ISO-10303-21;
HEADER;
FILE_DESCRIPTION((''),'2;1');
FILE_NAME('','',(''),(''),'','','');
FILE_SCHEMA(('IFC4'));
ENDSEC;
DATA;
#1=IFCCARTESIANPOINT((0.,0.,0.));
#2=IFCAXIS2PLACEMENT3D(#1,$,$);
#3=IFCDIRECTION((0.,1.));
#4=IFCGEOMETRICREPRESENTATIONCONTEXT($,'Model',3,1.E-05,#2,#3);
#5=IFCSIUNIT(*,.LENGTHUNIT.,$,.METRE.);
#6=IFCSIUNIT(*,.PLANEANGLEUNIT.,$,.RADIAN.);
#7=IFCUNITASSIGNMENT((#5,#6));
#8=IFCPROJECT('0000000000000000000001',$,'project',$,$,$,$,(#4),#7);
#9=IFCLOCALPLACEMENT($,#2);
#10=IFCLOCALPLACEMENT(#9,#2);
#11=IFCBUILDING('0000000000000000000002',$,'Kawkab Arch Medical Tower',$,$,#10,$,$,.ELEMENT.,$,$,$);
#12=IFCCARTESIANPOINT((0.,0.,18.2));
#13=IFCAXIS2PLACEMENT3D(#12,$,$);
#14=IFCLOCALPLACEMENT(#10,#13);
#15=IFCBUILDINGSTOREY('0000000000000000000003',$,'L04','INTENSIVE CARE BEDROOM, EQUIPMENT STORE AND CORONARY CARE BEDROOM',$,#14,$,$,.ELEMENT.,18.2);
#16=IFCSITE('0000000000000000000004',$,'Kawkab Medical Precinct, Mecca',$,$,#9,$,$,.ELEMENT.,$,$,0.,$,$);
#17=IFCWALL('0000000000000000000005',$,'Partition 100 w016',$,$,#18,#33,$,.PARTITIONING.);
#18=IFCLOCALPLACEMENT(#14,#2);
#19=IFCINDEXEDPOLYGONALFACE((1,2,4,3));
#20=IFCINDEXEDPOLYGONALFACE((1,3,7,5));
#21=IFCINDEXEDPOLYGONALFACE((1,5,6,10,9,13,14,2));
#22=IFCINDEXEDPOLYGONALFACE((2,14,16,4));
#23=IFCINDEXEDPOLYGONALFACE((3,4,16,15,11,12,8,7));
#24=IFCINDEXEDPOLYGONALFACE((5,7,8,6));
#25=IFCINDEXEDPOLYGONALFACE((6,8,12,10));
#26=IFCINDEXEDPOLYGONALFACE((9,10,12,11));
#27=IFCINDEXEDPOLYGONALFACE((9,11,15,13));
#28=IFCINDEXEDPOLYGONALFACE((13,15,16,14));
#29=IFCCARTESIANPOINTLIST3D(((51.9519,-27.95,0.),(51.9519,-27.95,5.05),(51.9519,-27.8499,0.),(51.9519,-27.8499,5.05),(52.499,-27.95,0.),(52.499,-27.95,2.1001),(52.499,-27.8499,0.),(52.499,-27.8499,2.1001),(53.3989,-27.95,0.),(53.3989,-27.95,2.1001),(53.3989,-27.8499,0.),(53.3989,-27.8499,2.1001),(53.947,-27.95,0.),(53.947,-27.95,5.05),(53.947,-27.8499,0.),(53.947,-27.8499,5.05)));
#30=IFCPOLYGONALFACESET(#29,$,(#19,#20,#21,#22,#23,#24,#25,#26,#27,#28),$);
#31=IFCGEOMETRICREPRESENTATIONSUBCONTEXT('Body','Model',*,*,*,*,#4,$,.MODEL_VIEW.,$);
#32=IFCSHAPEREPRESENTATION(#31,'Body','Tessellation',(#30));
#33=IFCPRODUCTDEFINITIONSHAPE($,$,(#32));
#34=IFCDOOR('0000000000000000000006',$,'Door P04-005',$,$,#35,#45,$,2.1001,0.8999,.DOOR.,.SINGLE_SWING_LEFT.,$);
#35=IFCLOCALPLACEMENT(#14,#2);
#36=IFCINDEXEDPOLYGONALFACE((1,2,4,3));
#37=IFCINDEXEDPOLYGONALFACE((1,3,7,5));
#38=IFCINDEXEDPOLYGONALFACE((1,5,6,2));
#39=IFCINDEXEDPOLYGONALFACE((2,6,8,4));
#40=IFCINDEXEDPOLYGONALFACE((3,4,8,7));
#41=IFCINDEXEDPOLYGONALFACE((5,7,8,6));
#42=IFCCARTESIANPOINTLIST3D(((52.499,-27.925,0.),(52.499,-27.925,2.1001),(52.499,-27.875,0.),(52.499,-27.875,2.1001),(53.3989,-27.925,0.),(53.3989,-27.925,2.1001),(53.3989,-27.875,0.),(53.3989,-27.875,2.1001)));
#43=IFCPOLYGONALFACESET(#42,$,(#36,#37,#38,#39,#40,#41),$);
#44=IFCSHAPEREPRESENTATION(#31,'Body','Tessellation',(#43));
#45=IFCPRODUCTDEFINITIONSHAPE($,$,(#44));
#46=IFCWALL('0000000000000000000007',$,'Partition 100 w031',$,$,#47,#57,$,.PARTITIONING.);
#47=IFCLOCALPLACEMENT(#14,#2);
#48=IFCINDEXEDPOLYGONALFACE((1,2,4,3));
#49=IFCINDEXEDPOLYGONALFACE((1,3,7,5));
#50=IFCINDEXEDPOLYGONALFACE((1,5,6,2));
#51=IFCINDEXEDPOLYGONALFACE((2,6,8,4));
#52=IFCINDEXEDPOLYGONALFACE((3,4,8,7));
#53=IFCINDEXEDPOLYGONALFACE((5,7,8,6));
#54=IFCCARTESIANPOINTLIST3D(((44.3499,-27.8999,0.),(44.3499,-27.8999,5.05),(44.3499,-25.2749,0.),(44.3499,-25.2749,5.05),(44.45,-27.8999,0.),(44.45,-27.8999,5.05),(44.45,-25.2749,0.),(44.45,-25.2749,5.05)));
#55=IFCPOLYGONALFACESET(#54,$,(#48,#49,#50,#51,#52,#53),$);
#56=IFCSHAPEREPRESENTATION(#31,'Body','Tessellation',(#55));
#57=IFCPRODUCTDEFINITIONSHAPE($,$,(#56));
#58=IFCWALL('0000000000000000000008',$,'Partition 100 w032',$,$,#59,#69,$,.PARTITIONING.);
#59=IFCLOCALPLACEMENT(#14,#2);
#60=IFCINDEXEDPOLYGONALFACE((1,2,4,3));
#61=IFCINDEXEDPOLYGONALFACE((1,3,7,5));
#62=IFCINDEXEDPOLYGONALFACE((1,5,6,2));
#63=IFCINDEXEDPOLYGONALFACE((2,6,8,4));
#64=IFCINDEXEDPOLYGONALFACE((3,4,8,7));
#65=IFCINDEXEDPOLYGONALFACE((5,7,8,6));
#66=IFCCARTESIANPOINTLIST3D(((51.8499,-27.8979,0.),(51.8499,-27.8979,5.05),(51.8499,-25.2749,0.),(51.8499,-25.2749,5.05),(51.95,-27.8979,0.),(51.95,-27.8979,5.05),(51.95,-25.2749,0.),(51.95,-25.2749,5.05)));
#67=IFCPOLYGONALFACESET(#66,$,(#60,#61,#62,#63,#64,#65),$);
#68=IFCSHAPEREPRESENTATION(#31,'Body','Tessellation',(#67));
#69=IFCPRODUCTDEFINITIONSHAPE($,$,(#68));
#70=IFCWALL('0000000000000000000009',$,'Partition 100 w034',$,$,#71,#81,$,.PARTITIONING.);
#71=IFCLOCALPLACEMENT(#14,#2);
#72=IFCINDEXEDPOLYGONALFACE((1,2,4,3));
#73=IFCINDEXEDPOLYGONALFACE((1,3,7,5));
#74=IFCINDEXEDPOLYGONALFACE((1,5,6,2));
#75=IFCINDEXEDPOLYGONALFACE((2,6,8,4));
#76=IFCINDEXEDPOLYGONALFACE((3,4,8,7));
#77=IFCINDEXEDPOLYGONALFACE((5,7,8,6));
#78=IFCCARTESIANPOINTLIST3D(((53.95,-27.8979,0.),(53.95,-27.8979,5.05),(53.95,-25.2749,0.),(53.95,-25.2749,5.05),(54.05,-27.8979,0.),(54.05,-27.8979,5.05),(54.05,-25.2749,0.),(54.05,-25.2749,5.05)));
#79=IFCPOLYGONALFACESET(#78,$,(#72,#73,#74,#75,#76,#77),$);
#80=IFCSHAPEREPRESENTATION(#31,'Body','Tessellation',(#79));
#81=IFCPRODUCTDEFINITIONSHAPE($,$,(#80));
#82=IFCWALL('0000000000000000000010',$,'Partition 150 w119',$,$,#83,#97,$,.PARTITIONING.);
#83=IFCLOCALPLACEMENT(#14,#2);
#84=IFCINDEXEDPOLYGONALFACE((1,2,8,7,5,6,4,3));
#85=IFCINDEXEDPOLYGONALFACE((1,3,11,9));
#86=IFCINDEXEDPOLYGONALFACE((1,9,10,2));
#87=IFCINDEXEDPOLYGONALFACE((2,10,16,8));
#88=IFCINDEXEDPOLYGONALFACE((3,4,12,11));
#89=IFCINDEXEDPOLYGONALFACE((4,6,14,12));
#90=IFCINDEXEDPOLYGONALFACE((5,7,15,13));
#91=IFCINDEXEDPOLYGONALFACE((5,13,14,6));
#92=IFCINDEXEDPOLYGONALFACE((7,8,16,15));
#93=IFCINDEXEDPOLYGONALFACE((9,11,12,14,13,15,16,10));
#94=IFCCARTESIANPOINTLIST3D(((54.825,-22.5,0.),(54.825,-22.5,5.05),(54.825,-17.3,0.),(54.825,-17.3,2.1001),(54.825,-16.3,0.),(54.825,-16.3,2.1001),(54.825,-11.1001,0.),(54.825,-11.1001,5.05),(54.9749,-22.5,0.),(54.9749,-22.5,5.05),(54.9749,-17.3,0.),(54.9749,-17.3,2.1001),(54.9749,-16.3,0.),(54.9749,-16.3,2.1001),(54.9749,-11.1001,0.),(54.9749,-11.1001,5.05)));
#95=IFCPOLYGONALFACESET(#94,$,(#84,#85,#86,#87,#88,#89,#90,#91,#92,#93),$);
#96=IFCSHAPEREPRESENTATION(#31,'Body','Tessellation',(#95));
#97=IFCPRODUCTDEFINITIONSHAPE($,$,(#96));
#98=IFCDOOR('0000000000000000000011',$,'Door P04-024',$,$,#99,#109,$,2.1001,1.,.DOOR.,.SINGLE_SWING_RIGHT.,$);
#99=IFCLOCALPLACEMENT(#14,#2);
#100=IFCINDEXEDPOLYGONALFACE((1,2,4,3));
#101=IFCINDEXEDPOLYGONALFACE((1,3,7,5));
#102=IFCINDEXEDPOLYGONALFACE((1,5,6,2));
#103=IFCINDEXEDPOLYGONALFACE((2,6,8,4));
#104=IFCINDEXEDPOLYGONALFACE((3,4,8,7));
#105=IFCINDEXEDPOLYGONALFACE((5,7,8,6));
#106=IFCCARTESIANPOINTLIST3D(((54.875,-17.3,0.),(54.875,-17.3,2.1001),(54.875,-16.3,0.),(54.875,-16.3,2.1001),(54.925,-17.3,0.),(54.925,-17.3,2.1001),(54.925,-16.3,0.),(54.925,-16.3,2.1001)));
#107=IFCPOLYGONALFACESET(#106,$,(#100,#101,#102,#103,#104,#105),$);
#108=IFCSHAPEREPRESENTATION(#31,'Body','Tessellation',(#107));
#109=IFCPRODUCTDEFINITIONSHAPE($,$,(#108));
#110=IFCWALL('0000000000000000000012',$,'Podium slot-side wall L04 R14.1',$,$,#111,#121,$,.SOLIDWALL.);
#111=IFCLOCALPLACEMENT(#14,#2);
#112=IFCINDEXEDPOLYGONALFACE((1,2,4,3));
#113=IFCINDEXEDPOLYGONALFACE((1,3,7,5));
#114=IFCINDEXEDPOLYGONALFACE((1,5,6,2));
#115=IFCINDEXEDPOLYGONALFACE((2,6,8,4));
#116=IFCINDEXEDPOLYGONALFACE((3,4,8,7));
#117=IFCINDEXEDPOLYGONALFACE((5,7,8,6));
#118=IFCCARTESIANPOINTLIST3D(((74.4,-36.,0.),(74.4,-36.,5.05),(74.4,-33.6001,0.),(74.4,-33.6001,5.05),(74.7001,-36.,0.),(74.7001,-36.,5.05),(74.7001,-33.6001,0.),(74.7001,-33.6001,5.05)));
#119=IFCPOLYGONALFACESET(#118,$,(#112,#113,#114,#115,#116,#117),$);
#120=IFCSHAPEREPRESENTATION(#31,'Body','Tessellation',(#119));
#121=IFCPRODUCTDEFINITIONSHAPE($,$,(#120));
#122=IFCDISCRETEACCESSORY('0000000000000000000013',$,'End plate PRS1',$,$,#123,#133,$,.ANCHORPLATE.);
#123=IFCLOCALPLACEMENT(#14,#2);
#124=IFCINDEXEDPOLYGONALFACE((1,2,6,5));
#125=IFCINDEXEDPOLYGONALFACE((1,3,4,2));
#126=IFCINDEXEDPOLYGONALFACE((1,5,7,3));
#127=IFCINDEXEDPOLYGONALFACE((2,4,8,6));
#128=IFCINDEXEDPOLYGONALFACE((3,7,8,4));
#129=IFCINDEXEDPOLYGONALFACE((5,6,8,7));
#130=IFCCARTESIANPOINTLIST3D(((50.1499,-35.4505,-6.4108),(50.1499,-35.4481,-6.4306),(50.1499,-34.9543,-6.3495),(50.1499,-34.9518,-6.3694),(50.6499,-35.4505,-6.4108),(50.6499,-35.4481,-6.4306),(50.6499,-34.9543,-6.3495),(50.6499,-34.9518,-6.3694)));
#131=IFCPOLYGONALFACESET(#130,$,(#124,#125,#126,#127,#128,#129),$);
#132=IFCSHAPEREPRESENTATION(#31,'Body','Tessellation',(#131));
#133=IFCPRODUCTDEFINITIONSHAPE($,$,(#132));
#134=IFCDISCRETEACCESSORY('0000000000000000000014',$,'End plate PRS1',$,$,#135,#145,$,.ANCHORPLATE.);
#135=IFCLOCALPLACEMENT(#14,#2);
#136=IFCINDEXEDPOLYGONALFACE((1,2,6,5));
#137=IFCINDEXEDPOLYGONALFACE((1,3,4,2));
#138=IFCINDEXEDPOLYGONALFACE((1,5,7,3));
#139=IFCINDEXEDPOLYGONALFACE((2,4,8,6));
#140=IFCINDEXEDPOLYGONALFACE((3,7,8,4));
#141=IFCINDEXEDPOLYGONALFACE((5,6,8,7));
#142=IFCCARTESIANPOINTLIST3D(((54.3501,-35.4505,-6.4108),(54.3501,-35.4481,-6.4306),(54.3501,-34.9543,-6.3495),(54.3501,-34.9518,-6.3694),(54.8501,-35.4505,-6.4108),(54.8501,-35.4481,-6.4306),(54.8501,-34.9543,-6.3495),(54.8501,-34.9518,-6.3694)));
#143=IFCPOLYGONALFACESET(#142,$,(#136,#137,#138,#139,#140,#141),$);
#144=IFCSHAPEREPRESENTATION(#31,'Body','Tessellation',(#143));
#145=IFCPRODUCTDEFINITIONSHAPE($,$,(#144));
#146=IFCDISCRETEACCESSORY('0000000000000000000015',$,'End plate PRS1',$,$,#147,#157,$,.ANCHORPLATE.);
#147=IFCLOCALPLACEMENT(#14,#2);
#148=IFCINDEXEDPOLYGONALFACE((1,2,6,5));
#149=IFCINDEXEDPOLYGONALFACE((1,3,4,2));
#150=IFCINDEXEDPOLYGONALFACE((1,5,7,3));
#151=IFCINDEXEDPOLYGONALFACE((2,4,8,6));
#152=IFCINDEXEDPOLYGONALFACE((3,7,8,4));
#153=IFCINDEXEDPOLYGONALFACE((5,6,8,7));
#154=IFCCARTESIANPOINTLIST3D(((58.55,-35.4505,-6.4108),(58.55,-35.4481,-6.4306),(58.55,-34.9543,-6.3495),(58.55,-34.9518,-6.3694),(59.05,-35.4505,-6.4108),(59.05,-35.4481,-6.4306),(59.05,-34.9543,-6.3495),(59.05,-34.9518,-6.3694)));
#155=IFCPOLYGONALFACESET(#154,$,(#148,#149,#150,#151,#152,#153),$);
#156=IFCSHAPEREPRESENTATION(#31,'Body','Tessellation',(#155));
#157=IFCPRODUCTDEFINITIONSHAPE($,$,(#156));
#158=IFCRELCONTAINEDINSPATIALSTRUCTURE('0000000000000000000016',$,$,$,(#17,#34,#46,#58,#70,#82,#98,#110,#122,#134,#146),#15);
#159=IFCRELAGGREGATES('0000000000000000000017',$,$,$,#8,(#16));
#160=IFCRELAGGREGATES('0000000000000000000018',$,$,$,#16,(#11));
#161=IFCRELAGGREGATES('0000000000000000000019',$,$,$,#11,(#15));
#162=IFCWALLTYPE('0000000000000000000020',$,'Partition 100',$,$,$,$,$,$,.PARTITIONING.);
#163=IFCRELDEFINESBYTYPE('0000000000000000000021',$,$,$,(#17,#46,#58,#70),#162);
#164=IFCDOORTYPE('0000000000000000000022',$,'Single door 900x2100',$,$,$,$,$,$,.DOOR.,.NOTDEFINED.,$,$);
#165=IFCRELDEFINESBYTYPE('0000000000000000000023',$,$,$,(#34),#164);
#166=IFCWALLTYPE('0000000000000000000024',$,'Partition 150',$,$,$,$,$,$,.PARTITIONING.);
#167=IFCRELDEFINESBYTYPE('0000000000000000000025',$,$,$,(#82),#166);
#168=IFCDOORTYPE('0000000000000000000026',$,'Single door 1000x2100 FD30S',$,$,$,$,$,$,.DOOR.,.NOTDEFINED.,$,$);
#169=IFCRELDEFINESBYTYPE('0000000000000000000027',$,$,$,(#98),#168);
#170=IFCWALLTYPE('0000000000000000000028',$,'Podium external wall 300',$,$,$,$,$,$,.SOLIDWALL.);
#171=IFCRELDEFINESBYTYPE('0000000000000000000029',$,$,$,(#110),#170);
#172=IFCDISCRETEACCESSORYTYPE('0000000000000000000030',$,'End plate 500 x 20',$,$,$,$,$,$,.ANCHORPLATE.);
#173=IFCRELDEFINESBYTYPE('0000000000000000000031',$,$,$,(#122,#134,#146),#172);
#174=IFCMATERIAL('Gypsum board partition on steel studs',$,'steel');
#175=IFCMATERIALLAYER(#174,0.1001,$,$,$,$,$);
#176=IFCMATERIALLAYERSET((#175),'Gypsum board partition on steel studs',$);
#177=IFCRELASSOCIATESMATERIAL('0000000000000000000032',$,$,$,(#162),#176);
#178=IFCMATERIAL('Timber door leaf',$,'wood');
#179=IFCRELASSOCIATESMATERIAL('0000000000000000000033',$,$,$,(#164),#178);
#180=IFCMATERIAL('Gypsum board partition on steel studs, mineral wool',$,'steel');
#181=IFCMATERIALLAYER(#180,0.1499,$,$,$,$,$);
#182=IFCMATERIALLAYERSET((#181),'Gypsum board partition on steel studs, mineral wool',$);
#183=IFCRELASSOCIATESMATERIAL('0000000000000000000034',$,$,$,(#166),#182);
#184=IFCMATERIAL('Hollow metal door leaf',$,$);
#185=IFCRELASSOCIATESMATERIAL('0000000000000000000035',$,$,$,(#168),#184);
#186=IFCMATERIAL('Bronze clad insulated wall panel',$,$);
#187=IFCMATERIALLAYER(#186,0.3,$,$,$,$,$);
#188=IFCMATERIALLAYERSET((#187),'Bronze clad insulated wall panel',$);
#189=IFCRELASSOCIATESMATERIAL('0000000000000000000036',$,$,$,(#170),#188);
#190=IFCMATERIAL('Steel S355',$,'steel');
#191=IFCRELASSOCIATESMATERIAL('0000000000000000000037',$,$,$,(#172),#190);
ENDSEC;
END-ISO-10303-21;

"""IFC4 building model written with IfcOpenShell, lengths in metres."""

from ifc_helpers import new_model, si_unit, direction, frame, frame_2d, origin, origin_2d, place, context, subcontext, project, spatial, rectangle, extrude, material, layer, layer_set, material_profile, profile_set, type_object, element, fill, save


model = new_model("IFC4")

# Units and contexts
model_context = context("Model", 3, precision=1e-05, world=origin(), true_north=direction((0.0, 1.0)))
body_context = subcontext(model_context, "Body", "Model", "MODEL_VIEW")
ifc_project = project(units=[si_unit("LENGTHUNIT", "METRE"), si_unit("PLANEANGLEUNIT", "RADIAN")], contexts=[model_context])

# Site, building, storey
site_placement = place(None, origin())
site = spatial("IfcSite", under=ifc_project, at=site_placement, Name="Kawkab Medical Precinct, Mecca", CompositionType="ELEMENT", RefElevation=0.0)
building_placement = place(site_placement, origin())
building = spatial("IfcBuilding", under=site, at=building_placement, Name="Kawkab Arch Medical Tower", CompositionType="ELEMENT")
storey_placement = place(building_placement, frame((0.0, 0.0, 18.2)))
storey = spatial("IfcBuildingStorey", under=building, at=storey_placement, Name="L04", Description="INTENSIVE CARE BEDROOM, EQUIPMENT STORE AND CORONARY CARE BEDROOM", CompositionType="ELEMENT", Elevation=18.2)

# Wall, opening, door
ifc_material_1 = material(Name="Gypsum board partition on steel studs", Category="steel")
ifc_layer_1 = layer(ifc_material_1, 0.1001)
ifc_layer_set_1 = layer_set([ifc_layer_1], Name="Gypsum board partition on steel studs")
wall_type_1 = type_object("IfcWallType", Name="Partition 100", PredefinedType="PARTITIONING", material=ifc_layer_set_1)
ifc_material_2 = material(Name="Timber door leaf", Category="wood")
door_type_1 = type_object("IfcDoorType", Name="Single door 900x2100", OperationType="NOTDEFINED", PredefinedType="DOOR", material=ifc_material_2)
wall_1_placement = place(storey_placement, frame((51.9519, -27.8999, 0.0), z_axis=(0.0, 0.0, 1.0), x_axis=(1.0, 0.0, 0.0)))
wall_1 = element("IfcWall", 1, at=wall_1_placement, inside=storey, type_object=wall_type_1, Name="Partition 100 w016", PredefinedType="PARTITIONING", context=body_context, shape_type="SweptSolid", body=[
    extrude(rectangle(XDim=1.9951, YDim=0.1001, at=frame_2d((0.9976, 0.0))), origin(), (0.0, 0.0, 1.0), 5.05),
])
opening_1_placement = place(wall_1_placement, frame((0.5471, 0.0, 0.0)))
opening_1 = element("IfcOpeningElement", 2, at=opening_1_placement, cuts=wall_1, PredefinedType="OPENING", context=body_context, shape_type="SweptSolid", body=[
    extrude(rectangle(XDim=0.8999, YDim=2.1001, at=frame_2d((0.45, 1.05))), frame((0.0, 0.0601, 0.0), z_axis=(0.0, -1.0, 0.0), x_axis=(1.0, 0.0, 0.0)), (0.0, 0.0, 1.0), 0.1201),
])
door_1_placement = place(opening_1_placement, origin())
door_1 = element("IfcDoor", 3, at=door_1_placement, inside=storey, type_object=door_type_1, Name="Door P04-005", OperationType="SINGLE_SWING_LEFT", OverallHeight=2.1001, OverallWidth=0.8999, PredefinedType="DOOR", context=body_context, shape_type="SweptSolid", body=[
    extrude(rectangle(XDim=0.8999, YDim=2.1001, at=frame_2d((0.45, 1.05))), frame((0.0, 0.0249, 0.0), z_axis=(0.0, -1.0, 0.0), x_axis=(1.0, 0.0, 0.0)), (0.0, 0.0, 1.0), 0.05),
])
fill(opening_1, door_1)

# Walls
wall_2_placement = place(storey_placement, frame((44.3999, -27.8999, 0.0), z_axis=(0.0, 0.0, 1.0), x_axis=(0.0, 1.0, 0.0)))
element("IfcWall", 4, at=wall_2_placement, inside=storey, type_object=wall_type_1, Name="Partition 100 w031", PredefinedType="PARTITIONING", context=body_context, shape_type="SweptSolid", body=[
    extrude(rectangle(XDim=2.625, YDim=0.1001, at=frame_2d((1.3125, 0.0))), origin(), (0.0, 0.0, 1.0), 5.05),
])
for number, where, z_axis, x_axis, name in (
    (5, (51.8999, -27.8979, 0.0), (0.0, 0.0, 1.0), (0.0, 1.0, 0.0), "Partition 100 w032"),
    (6, (54.0, -27.8979, 0.0), (0.0, 0.0, 1.0), (0.0, 1.0, 0.0), "Partition 100 w034"),
):
    element("IfcWall", number, at=place(storey_placement, frame(where, z_axis=z_axis, x_axis=x_axis)), inside=storey, type_object=wall_type_1, Name=name, PredefinedType="PARTITIONING", context=body_context, shape_type="SweptSolid", body=[
        extrude(rectangle(XDim=2.623, YDim=0.1001, at=frame_2d((1.3115, 0.0))), origin(), (0.0, 0.0, 1.0), 5.05),
    ])

# Wall, opening, door
ifc_material_3 = material(Name="Gypsum board partition on steel studs, mineral wool", Category="steel")
ifc_layer_2 = layer(ifc_material_3, 0.1499)
ifc_layer_set_2 = layer_set([ifc_layer_2], Name="Gypsum board partition on steel studs, mineral wool")
wall_type_2 = type_object("IfcWallType", Name="Partition 150", PredefinedType="PARTITIONING", material=ifc_layer_set_2)
wall_3_placement = place(storey_placement, frame((54.8999, -22.5, 0.0), z_axis=(0.0, 0.0, 1.0), x_axis=(0.0, 1.0, 0.0)))
wall_3 = element("IfcWall", 7, at=wall_3_placement, inside=storey, type_object=wall_type_2, Name="Partition 150 w119", PredefinedType="PARTITIONING", context=body_context, shape_type="SweptSolid", body=[
    extrude(rectangle(XDim=11.3999, YDim=0.1499, at=frame_2d((5.7, 0.0))), origin(), (0.0, 0.0, 1.0), 5.05),
])
opening_2_placement = place(wall_3_placement, frame((5.2, 0.0, 0.0)))
opening_2 = element("IfcOpeningElement", 8, at=opening_2_placement, cuts=wall_3, PredefinedType="OPENING", context=body_context, shape_type="SweptSolid", body=[
    extrude(rectangle(XDim=1.0, YDim=2.1001, at=frame_2d((0.5, 1.05))), frame((0.0, 0.085, 0.0), z_axis=(0.0, -1.0, 0.0), x_axis=(1.0, 0.0, 0.0)), (0.0, 0.0, 1.0), 0.1699),
])
ifc_material_4 = material(Name="Hollow metal door leaf")
door_type_2 = type_object("IfcDoorType", Name="Single door 1000x2100 FD30S", OperationType="NOTDEFINED", PredefinedType="DOOR", material=ifc_material_4)
door_2_placement = place(opening_2_placement, origin())
door_2 = element("IfcDoor", 9, at=door_2_placement, inside=storey, type_object=door_type_2, Name="Door P04-024", OperationType="SINGLE_SWING_RIGHT", OverallHeight=2.1001, OverallWidth=1.0, PredefinedType="DOOR", context=body_context, shape_type="SweptSolid", body=[
    extrude(rectangle(XDim=1.0, YDim=2.1001, at=frame_2d((0.5, 1.05))), frame((0.0, 0.0249, 0.0), z_axis=(0.0, -1.0, 0.0), x_axis=(1.0, 0.0, 0.0)), (0.0, 0.0, 1.0), 0.05),
])
fill(opening_2, door_2)

# Wall
ifc_material_5 = material(Name="Bronze clad insulated wall panel")
ifc_layer_3 = layer(ifc_material_5, 0.3)
ifc_layer_set_3 = layer_set([ifc_layer_3], Name="Bronze clad insulated wall panel")
wall_type_3 = type_object("IfcWallType", Name="Podium external wall 300", PredefinedType="SOLIDWALL", material=ifc_layer_set_3)
wall_4_placement = place(storey_placement, frame((74.55, -33.6001, 0.0), z_axis=(0.0, 0.0, 1.0), x_axis=(0.0, -1.0, 0.0)))
element("IfcWall", 10, at=wall_4_placement, inside=storey, type_object=wall_type_3, Name="Podium slot-side wall L04 R14.1", PredefinedType="SOLIDWALL", context=body_context, shape_type="SweptSolid", body=[
    extrude(rectangle(XDim=2.3999, YDim=0.3, at=frame_2d((1.2, 0.0))), origin(), (0.0, 0.0, 1.0), 5.05),
])

# Discrete accessories
ifc_material_6 = material(Name="Steel S355", Category="steel")
ifc_material_profile_1 = material_profile(ifc_material_6, rectangle(XDim=0.5, YDim=0.5, at=origin_2d()), Name="End plate 500 x 20")
ifc_profile_set_1 = profile_set([ifc_material_profile_1], Name="Steel S355")
discrete_accessory_type = type_object("IfcDiscreteAccessoryType", Name="End plate 500 x 20", PredefinedType="ANCHORPLATE", material=ifc_profile_set_1)
for number, where, z_axis, x_axis, name in (
    (11, (50.3999, -35.2024, -6.3801), (0.0, 0.122527, -0.992465), (-1.0, 0.0, 0.0), "End plate PRS1"),
    (12, (54.6001, -35.2024, -6.3801), (0.0, 0.122527, -0.992465), (-1.0, 0.0, 0.0), "End plate PRS1"),
    (13, (58.8, -35.2024, -6.3801), (0.0, 0.122527, -0.992465), (-1.0, 0.0, 0.0), "End plate PRS1"),
):
    element("IfcDiscreteAccessory", number, at=place(storey_placement, frame(where, z_axis=z_axis, x_axis=x_axis)), inside=storey, type_object=discrete_accessory_type, Name=name, PredefinedType="ANCHORPLATE", context=body_context, shape_type="SweptSolid", body=[
        extrude(rectangle(XDim=0.5, YDim=0.5, at=origin_2d()), origin(), (0.0, 0.0, 1.0), 0.02),
    ])

save(model, "model.ifc")
